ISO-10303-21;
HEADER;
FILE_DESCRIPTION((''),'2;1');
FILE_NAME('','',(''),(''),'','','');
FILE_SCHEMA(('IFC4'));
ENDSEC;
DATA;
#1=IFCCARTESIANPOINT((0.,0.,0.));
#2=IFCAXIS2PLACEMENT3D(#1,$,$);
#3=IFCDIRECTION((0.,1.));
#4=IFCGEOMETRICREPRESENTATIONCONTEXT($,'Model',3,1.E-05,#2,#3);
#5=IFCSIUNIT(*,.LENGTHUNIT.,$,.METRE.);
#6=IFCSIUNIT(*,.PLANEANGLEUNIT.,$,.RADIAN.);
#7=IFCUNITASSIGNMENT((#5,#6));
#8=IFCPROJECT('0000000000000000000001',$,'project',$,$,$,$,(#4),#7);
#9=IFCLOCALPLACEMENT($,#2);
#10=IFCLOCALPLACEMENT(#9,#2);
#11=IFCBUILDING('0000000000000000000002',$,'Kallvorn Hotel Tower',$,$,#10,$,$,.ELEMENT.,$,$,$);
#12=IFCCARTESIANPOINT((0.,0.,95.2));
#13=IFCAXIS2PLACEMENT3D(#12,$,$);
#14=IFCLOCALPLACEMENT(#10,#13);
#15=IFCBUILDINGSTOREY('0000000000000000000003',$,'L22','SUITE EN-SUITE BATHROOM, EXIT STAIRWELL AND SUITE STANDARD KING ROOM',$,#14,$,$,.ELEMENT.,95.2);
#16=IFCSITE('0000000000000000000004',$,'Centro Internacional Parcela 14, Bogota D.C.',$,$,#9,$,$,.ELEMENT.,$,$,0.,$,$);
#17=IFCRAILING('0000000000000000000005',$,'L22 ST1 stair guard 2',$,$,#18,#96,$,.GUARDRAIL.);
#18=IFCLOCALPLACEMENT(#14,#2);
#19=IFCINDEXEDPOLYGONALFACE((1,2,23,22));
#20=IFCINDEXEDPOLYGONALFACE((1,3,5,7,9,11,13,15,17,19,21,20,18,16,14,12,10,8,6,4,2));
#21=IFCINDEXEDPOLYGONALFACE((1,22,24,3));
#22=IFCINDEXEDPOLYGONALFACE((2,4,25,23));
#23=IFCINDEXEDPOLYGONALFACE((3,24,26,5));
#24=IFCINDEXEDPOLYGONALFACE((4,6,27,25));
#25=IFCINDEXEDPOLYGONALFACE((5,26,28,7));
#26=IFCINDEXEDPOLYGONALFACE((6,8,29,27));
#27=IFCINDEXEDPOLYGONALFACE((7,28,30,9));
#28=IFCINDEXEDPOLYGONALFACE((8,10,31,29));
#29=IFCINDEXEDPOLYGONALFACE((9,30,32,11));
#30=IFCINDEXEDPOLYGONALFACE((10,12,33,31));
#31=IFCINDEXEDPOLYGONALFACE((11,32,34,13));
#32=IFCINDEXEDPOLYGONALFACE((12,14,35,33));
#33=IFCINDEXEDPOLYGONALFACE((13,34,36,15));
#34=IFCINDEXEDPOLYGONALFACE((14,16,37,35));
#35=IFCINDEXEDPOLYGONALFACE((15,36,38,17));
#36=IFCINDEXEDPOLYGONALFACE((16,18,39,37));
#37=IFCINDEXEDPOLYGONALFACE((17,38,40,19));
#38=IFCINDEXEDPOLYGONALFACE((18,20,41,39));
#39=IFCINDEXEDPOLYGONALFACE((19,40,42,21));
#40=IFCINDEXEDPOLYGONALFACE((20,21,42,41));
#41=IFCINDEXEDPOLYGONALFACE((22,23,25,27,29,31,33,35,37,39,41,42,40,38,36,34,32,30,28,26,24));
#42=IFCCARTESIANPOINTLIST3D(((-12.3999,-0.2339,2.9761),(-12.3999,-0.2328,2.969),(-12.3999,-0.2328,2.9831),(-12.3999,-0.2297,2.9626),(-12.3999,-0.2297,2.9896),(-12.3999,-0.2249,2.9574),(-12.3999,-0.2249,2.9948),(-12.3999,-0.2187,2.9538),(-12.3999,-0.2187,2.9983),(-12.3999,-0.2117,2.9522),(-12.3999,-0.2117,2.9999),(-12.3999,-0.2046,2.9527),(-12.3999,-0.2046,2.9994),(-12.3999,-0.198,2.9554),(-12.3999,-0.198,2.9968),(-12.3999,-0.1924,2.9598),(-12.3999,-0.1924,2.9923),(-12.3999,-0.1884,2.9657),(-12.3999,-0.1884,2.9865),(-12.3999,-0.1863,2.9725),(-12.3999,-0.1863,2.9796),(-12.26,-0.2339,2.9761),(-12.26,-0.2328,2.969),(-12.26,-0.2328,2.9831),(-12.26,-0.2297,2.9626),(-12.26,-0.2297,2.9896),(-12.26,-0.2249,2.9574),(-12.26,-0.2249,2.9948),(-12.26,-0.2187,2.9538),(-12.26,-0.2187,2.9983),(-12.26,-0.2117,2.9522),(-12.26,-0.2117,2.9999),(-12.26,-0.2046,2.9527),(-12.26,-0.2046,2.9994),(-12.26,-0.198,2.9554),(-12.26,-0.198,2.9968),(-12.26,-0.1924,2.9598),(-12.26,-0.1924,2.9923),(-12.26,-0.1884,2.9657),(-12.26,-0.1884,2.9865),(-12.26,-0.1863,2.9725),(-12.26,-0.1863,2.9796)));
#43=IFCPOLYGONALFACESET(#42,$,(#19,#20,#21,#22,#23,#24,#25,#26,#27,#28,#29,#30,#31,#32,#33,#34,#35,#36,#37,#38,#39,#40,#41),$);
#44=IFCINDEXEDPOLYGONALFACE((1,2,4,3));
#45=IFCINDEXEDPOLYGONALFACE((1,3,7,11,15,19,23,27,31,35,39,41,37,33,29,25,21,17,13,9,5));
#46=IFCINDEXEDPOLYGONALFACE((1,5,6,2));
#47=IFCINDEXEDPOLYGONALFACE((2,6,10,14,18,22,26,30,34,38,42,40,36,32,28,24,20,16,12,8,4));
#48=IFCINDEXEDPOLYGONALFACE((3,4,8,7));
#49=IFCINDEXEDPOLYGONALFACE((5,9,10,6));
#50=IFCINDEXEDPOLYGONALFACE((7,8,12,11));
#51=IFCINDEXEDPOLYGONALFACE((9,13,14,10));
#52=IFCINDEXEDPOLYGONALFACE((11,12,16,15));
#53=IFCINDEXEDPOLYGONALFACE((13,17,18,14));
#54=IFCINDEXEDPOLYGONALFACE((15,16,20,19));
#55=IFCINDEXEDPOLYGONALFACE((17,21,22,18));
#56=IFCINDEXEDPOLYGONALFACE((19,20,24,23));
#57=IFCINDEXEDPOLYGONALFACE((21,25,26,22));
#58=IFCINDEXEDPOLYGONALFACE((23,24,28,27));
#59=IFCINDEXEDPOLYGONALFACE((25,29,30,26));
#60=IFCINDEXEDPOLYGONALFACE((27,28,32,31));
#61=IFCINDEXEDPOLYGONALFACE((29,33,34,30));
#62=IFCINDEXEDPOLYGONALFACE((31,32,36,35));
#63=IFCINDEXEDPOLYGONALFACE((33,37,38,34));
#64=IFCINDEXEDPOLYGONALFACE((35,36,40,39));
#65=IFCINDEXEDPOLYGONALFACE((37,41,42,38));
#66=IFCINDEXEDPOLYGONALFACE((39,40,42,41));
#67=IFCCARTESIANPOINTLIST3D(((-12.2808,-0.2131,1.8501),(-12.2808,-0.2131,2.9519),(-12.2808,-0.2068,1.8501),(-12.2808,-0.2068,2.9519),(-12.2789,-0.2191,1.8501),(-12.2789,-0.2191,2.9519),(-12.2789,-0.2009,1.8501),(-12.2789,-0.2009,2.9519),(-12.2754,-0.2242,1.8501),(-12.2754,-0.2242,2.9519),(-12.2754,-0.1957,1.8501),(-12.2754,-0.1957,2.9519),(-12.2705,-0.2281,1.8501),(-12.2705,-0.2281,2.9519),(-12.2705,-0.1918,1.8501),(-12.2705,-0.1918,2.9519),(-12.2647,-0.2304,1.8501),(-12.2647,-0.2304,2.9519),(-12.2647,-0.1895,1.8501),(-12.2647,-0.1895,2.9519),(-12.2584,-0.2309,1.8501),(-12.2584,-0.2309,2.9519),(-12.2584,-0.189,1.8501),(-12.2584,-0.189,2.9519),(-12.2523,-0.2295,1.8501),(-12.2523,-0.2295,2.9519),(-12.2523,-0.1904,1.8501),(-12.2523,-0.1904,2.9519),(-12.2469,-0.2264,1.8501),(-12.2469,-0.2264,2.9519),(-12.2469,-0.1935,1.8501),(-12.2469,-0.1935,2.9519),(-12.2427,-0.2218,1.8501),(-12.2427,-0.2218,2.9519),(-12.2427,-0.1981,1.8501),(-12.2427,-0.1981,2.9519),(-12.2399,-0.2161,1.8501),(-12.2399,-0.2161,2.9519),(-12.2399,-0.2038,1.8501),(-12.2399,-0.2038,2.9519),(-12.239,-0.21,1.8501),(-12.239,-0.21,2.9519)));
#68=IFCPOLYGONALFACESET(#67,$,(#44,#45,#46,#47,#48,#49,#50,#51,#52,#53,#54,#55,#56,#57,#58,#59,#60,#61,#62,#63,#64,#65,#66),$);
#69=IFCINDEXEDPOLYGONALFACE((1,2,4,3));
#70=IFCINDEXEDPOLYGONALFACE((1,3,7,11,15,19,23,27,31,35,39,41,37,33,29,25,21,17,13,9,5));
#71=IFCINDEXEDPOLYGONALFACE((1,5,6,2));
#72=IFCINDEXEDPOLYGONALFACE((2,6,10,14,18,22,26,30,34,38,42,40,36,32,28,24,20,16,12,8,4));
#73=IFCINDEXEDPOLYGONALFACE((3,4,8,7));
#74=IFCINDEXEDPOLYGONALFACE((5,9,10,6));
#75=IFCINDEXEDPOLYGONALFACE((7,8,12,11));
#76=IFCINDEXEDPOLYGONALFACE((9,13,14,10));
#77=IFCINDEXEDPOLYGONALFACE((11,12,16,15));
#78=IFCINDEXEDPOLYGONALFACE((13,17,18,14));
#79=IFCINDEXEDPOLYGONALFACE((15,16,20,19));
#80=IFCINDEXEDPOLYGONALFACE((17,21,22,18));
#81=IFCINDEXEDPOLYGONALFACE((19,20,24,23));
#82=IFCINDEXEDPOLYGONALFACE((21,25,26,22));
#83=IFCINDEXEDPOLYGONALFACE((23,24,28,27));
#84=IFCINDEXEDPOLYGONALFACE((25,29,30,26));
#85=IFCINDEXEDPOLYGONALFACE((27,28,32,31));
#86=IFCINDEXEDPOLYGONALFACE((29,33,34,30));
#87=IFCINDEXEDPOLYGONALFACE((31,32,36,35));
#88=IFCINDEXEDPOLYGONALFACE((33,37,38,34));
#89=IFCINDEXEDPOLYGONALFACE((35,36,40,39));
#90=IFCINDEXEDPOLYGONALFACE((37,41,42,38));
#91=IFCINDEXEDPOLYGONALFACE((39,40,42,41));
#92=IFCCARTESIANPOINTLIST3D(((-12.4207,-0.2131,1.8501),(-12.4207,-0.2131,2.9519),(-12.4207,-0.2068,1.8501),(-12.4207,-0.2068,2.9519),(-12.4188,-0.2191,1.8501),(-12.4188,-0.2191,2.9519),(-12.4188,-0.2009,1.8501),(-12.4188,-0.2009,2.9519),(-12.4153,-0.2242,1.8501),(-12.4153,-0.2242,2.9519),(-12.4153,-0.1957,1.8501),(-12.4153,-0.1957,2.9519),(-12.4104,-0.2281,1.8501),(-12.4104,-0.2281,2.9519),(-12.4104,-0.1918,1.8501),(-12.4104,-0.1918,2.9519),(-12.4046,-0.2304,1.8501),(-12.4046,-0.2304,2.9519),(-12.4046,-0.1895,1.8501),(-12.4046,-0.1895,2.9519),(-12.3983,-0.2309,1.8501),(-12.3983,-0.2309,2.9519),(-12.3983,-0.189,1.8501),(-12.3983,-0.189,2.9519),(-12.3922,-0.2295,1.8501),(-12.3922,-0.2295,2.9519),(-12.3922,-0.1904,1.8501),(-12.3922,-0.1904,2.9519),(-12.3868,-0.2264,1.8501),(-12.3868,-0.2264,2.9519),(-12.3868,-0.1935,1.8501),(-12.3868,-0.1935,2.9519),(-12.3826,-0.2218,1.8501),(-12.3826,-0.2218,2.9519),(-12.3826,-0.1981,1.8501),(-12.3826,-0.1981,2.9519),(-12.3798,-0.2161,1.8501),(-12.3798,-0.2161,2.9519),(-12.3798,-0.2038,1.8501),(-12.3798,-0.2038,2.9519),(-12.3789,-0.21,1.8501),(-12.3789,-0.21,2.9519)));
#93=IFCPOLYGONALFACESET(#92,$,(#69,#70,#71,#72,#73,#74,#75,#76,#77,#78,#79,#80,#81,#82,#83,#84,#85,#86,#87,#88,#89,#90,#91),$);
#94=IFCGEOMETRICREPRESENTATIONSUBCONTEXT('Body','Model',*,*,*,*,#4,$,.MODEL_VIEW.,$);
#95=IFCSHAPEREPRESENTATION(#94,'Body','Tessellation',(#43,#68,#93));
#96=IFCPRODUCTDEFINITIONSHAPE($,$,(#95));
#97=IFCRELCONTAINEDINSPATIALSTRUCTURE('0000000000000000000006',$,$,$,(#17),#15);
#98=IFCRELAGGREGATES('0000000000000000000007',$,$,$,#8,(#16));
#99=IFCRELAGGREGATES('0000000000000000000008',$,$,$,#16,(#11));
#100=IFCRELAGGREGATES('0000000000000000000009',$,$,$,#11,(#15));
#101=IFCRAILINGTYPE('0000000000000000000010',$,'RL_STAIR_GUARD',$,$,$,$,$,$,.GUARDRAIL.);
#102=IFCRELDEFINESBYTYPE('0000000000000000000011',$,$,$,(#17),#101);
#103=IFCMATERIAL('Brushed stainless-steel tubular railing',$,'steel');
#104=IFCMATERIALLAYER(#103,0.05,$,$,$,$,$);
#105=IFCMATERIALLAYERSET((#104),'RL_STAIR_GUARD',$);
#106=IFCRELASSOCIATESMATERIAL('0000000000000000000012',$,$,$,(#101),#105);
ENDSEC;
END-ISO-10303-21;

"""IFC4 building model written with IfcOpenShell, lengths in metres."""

from ifc_helpers import new_model, si_unit, direction, frame, origin, origin_2d, place, context, subcontext, project, spatial, circle, extrude, material, layer, layer_set, type_object, element, save


model = new_model("IFC4")

# Units and contexts
model_context = context("Model", 3, precision=1e-05, world=origin(), true_north=direction((0.0, 1.0)))
body_context = subcontext(model_context, "Body", "Model", "MODEL_VIEW")
ifc_project = project(units=[si_unit("LENGTHUNIT", "METRE"), si_unit("PLANEANGLEUNIT", "RADIAN")], contexts=[model_context])

# Site, building, storey
site_placement = place(None, origin())
site = spatial("IfcSite", under=ifc_project, at=site_placement, Name="Centro Internacional Parcela 14, Bogota D.C.", CompositionType="ELEMENT", RefElevation=0.0)
building_placement = place(site_placement, origin())
building = spatial("IfcBuilding", under=site, at=building_placement, Name="Kallvorn Hotel Tower", CompositionType="ELEMENT")
storey_placement = place(building_placement, frame((0.0, 0.0, 95.2)))
storey = spatial("IfcBuildingStorey", under=building, at=storey_placement, Name="L22", Description="SUITE EN-SUITE BATHROOM, EXIT STAIRWELL AND SUITE STANDARD KING ROOM", CompositionType="ELEMENT", Elevation=95.2)

# Railing
ifc_material_1 = material(Name="Brushed stainless-steel tubular railing", Category="steel")
ifc_layer_1 = layer(ifc_material_1, 0.05)
ifc_layer_set_1 = layer_set([ifc_layer_1], Name="RL_STAIR_GUARD")
railing_type_1 = type_object("IfcRailingType", Name="RL_STAIR_GUARD", PredefinedType="GUARDRAIL", material=ifc_layer_set_1)
railing_1_placement = place(storey_placement, frame((-12.26, -0.21, 1.8501)))
element("IfcRailing", 1, at=railing_1_placement, inside=storey, type_object=railing_type_1, Name="L22 ST1 stair guard 2", PredefinedType="GUARDRAIL", context=body_context, shape_type="SweptSolid", body=[
    extrude(circle(Radius=0.0239, at=origin_2d()), frame((0.0, 0.0, 1.126), z_axis=(-1.0, 0.0, 0.0), x_axis=(0.0, -1.0, 0.0)), (0.0, 0.0, 1.0), 0.1399),
    extrude(circle(Radius=0.021, at=origin_2d()), origin(), (0.0, 0.0, 1.0), 1.1018),
    extrude(circle(Radius=0.021, at=origin_2d()), frame((-0.1399, 0.0, 0.0)), (0.0, 0.0, 1.0), 1.1018),
])

save(model, "model.ifc")
